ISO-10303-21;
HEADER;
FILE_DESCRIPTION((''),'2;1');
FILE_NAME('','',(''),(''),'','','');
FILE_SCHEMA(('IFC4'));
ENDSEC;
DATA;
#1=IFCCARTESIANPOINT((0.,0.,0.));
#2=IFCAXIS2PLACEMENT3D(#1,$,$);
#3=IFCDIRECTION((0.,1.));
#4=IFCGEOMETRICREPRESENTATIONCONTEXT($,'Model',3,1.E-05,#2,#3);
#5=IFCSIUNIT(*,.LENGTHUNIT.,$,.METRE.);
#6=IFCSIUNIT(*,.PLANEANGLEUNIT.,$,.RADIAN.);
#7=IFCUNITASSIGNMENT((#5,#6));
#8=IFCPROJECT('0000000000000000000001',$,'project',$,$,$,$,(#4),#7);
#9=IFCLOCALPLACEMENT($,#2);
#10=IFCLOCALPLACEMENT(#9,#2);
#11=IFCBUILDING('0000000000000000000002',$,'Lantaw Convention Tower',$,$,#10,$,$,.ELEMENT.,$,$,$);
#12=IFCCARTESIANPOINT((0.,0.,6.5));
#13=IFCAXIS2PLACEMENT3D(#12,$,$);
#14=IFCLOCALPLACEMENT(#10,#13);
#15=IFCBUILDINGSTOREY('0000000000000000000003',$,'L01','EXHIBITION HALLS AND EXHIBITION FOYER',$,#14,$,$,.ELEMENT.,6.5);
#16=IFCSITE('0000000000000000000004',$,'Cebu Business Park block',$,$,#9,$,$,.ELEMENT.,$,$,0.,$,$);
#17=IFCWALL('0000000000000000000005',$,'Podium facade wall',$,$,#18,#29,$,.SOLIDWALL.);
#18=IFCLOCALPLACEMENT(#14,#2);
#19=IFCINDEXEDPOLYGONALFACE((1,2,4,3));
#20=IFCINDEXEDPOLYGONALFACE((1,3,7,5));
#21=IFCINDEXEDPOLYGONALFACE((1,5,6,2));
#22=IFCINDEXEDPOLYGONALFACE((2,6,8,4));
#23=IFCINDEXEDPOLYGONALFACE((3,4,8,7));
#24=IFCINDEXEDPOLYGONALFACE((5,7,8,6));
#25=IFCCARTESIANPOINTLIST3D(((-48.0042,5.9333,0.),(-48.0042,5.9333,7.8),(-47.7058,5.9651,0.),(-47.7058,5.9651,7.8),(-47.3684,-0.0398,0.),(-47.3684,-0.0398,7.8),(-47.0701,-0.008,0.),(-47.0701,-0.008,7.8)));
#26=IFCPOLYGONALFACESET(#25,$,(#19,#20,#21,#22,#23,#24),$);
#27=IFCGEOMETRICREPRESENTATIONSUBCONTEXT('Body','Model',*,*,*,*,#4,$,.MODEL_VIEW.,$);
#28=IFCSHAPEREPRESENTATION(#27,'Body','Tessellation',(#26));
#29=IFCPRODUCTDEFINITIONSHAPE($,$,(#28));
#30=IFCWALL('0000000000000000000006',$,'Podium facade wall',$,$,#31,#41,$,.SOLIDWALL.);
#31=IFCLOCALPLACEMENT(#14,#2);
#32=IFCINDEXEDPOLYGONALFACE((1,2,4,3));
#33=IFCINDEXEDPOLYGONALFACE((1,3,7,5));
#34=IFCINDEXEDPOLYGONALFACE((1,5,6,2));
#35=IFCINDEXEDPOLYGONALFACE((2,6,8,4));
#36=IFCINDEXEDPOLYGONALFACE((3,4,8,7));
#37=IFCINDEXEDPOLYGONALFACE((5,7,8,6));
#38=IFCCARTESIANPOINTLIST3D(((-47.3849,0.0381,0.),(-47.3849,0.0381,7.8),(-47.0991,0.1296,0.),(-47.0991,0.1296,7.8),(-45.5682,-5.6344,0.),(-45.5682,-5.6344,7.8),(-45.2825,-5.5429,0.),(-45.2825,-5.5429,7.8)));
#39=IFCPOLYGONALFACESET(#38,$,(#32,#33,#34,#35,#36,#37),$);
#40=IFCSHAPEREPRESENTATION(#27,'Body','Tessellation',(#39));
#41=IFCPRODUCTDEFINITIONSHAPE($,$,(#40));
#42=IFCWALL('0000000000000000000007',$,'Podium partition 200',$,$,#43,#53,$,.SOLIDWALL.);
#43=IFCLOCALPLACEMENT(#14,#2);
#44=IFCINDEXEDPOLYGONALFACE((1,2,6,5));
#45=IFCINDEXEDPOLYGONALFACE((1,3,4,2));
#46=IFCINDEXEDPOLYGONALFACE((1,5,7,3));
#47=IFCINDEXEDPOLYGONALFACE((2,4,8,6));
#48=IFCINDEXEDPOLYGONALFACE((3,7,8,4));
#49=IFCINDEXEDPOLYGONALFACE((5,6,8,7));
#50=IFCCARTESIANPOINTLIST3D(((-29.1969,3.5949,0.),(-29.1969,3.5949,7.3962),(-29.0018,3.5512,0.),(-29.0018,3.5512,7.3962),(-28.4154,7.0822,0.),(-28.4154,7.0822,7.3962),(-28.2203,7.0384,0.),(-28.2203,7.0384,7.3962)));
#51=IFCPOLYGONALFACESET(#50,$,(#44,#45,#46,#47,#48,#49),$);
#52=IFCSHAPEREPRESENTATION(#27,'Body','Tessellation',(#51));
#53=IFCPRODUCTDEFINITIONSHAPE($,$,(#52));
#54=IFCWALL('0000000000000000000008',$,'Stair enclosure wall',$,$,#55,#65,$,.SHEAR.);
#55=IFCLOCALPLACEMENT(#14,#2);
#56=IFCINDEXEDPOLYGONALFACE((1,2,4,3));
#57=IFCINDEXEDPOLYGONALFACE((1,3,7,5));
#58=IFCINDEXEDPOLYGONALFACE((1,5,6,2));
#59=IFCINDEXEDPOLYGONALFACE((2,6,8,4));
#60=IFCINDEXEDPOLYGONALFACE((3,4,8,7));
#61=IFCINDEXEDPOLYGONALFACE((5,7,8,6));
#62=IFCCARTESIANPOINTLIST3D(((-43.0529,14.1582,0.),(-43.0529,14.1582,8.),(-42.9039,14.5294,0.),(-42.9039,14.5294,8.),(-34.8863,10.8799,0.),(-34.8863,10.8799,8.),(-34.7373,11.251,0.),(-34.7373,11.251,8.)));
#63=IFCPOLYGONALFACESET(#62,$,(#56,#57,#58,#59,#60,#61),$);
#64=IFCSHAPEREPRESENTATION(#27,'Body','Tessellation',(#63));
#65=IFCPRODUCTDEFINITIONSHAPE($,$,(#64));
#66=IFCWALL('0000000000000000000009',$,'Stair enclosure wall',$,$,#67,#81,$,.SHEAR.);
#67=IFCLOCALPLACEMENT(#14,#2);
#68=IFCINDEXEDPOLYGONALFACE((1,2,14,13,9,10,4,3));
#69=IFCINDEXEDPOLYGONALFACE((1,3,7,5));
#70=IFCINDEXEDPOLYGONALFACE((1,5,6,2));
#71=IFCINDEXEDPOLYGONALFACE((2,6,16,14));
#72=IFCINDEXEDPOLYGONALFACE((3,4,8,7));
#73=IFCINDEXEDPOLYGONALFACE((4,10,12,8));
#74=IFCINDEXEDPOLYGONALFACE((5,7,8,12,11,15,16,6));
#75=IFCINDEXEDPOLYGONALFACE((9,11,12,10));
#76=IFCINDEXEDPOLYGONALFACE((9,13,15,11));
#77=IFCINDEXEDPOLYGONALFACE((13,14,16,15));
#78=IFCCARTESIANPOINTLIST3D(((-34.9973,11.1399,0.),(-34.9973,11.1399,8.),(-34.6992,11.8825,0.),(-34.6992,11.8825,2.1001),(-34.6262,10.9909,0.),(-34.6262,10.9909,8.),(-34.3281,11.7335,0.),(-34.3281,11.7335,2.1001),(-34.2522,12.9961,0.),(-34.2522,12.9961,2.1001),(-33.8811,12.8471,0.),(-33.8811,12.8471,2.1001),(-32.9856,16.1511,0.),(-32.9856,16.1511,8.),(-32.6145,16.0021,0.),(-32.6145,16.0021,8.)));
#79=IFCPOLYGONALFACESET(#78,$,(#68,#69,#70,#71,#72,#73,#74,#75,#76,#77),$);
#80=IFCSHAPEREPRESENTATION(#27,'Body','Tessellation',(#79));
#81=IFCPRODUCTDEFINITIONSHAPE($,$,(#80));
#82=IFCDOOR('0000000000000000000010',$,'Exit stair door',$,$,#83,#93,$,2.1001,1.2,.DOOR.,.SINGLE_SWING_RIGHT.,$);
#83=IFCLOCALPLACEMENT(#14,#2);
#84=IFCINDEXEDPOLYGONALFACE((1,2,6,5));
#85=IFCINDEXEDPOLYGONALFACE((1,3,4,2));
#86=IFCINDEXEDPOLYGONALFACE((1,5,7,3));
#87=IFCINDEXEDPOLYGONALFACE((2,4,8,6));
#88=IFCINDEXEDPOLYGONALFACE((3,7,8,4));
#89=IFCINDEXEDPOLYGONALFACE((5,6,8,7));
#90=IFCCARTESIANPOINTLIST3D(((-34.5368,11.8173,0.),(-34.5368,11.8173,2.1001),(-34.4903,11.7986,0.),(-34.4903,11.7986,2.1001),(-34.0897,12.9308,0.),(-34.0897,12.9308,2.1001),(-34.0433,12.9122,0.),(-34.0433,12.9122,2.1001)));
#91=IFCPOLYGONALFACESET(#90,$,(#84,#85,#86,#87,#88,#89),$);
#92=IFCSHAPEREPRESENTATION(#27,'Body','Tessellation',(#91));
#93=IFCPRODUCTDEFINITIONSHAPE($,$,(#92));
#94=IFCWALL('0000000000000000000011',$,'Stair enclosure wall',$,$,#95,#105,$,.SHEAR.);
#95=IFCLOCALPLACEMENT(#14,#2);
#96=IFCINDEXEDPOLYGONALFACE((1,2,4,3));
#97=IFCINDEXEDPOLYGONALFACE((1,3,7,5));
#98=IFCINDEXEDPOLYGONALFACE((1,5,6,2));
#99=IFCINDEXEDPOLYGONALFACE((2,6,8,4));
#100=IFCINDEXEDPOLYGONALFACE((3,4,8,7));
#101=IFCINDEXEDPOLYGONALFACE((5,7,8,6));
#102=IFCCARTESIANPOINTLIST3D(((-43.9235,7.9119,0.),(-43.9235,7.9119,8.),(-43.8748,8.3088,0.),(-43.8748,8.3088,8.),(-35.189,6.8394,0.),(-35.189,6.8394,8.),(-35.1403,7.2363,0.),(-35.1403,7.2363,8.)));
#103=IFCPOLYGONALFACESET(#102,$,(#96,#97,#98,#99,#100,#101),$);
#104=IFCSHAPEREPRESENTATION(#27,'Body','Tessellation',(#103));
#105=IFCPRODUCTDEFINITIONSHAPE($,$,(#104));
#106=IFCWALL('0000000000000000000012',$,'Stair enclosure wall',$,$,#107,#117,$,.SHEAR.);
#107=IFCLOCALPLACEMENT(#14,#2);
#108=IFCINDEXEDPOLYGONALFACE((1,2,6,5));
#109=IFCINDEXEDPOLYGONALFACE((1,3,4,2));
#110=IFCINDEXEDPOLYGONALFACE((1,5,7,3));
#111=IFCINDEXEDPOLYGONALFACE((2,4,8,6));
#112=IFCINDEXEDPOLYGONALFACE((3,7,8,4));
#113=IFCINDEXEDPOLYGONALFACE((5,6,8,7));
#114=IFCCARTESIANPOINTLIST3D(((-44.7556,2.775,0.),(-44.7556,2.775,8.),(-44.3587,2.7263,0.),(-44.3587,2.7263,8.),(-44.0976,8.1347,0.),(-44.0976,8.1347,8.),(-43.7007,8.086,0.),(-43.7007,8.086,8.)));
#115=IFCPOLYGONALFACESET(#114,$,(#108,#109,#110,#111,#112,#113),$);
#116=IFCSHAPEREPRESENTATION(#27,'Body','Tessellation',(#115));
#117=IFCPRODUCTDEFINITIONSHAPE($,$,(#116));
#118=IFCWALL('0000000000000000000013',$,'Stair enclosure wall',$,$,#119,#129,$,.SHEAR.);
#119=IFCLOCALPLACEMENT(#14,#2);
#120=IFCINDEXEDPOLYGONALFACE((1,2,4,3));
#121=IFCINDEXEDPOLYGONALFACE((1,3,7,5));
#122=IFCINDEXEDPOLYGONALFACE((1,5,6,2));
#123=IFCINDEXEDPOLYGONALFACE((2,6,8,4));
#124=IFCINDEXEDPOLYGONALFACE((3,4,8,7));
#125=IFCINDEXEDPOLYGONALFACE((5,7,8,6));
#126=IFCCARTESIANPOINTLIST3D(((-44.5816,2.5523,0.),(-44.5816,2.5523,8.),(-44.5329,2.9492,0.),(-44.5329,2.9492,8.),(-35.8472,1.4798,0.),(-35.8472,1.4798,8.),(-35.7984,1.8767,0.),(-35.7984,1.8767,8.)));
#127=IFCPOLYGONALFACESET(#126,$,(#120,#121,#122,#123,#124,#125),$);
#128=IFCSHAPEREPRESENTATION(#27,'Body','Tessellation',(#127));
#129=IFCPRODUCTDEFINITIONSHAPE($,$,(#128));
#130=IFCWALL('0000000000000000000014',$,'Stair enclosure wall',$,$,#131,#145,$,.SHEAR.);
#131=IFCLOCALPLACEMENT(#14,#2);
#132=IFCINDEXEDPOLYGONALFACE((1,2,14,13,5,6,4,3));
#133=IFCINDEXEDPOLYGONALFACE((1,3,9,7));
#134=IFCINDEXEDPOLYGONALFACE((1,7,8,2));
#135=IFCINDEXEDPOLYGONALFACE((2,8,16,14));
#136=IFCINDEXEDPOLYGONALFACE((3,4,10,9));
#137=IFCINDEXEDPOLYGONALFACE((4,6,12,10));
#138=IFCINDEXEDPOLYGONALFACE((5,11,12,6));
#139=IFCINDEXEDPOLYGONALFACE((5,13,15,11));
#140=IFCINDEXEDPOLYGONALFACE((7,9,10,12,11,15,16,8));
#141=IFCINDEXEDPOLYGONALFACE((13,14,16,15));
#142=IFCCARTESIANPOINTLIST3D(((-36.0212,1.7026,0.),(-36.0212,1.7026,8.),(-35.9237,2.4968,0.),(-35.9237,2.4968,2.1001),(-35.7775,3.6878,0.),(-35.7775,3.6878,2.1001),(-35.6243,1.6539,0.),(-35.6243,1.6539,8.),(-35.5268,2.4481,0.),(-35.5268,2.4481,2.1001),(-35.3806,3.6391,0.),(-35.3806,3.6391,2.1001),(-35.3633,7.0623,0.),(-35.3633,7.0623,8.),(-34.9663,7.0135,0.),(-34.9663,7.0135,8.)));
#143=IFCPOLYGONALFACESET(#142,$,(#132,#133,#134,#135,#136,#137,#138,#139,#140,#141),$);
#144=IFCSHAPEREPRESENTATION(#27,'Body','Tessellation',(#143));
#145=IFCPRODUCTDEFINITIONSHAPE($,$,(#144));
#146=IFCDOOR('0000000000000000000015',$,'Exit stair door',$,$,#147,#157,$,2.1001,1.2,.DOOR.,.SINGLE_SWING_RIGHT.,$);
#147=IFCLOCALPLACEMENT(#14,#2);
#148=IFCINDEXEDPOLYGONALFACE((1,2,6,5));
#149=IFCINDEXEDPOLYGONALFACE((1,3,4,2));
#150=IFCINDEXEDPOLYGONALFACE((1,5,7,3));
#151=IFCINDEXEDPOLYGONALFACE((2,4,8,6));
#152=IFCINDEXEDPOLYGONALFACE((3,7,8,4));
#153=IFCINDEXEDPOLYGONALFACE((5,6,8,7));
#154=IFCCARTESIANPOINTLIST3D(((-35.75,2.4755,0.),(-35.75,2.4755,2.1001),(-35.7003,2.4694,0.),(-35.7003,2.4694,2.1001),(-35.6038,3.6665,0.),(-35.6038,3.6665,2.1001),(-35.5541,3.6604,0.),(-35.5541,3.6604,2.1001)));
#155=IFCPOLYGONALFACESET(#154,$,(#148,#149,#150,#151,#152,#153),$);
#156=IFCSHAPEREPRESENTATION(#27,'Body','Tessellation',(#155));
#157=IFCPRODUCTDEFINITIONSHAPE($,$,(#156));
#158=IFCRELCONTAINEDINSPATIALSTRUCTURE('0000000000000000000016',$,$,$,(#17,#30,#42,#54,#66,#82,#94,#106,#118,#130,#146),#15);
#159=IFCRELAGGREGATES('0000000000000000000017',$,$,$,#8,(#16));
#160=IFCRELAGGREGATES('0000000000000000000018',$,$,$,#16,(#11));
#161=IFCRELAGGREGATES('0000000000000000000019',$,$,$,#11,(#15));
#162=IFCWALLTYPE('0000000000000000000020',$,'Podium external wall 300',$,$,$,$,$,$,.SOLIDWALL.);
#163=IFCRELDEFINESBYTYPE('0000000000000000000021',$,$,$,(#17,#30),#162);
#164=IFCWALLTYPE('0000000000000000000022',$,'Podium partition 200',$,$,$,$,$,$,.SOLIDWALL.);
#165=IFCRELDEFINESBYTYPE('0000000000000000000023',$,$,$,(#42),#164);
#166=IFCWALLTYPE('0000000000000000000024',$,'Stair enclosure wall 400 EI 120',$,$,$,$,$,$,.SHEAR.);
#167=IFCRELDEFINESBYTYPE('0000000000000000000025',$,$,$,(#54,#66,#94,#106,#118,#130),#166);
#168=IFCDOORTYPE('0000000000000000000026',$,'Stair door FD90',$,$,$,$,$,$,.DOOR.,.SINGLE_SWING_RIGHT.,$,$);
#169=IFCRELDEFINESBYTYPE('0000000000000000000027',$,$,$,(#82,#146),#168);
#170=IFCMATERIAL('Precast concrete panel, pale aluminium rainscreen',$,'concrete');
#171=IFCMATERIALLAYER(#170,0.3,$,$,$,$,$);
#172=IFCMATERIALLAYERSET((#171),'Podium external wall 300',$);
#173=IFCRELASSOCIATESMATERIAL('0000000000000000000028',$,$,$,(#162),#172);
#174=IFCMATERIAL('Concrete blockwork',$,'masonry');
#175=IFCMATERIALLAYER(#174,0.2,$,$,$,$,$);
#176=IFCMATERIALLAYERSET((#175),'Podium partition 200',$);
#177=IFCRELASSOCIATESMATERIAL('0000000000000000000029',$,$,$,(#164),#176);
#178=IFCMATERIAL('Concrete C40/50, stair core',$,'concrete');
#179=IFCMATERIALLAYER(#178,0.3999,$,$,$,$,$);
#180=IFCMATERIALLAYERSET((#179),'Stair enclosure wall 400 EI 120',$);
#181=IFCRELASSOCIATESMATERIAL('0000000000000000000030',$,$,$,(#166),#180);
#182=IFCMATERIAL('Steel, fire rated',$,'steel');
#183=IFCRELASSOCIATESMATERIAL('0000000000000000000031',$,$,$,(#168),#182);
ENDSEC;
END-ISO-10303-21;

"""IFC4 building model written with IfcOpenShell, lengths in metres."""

from ifc_helpers import new_model, si_unit, direction, frame, frame_2d, origin, place, context, subcontext, project, spatial, rectangle, extrude, material, layer, layer_set, type_object, element, fill, save


model = new_model("IFC4")

# Units and contexts
model_context = context("Model", 3, precision=1e-05, world=origin(), true_north=direction((0.0, 1.0)))
body_context = subcontext(model_context, "Body", "Model", "MODEL_VIEW")
ifc_project = project(units=[si_unit("LENGTHUNIT", "METRE"), si_unit("PLANEANGLEUNIT", "RADIAN")], contexts=[model_context])

# Site, building, storey
site_placement = place(None, origin())
site = spatial("IfcSite", under=ifc_project, at=site_placement, Name="Cebu Business Park block", CompositionType="ELEMENT", RefElevation=0.0)
building_placement = place(site_placement, origin())
building = spatial("IfcBuilding", under=site, at=building_placement, Name="Lantaw Convention Tower", CompositionType="ELEMENT")
storey_placement = place(building_placement, frame((0.0, 0.0, 6.5)))
storey = spatial("IfcBuildingStorey", under=building, at=storey_placement, Name="L01", Description="EXHIBITION HALLS AND EXHIBITION FOYER", CompositionType="ELEMENT", Elevation=6.5)

# Walls
ifc_material_1 = material(Name="Precast concrete panel, pale aluminium rainscreen", Category="concrete")
ifc_layer_1 = layer(ifc_material_1, 0.3)
ifc_layer_set_1 = layer_set([ifc_layer_1], Name="Podium external wall 300")
wall_type_1 = type_object("IfcWallType", Name="Podium external wall 300", PredefinedType="SOLIDWALL", material=ifc_layer_set_1)
wall_1_placement = place(storey_placement, frame((-47.855, 5.9492, 0.0), z_axis=(0.0, 0.0, 1.0), x_axis=(0.105836, -0.994384, 0.0)))
element("IfcWall", 1, at=wall_1_placement, inside=storey, type_object=wall_type_1, Name="Podium facade wall", PredefinedType="SOLIDWALL", context=body_context, shape_type="SweptSolid", body=[
    extrude(rectangle(XDim=6.0068, YDim=0.3, at=frame_2d((3.0034, 0.0))), origin(), (0.0, 0.0, 1.0), 7.8),
])
wall_2_placement = place(storey_placement, frame((-47.2419, 0.0837, 0.0), z_axis=(0.0, 0.0, 1.0), x_axis=(0.304991, -0.952355, 0.0)))
element("IfcWall", 2, at=wall_2_placement, inside=storey, type_object=wall_type_1, Name="Podium facade wall", PredefinedType="SOLIDWALL", context=body_context, shape_type="SweptSolid", body=[
    extrude(rectangle(XDim=5.9563, YDim=0.3, at=frame_2d((2.978, 0.0))), origin(), (0.0, 0.0, 1.0), 7.8),
])
ifc_material_2 = material(Name="Concrete blockwork", Category="masonry")
ifc_layer_2 = layer(ifc_material_2, 0.2)
ifc_layer_set_2 = layer_set([ifc_layer_2], Name="Podium partition 200")
wall_type_2 = type_object("IfcWallType", Name="Podium partition 200", PredefinedType="SOLIDWALL", material=ifc_layer_set_2)
wall_3_placement = place(storey_placement, frame((-28.3179, 7.0603, 0.0), z_axis=(0.0, 0.0, 1.0), x_axis=(-0.218673, -0.975798, 0.0)))
element("IfcWall", 3, at=wall_3_placement, inside=storey, type_object=wall_type_2, Name="Podium partition 200", PredefinedType="SOLIDWALL", context=body_context, shape_type="SweptSolid", body=[
    extrude(rectangle(XDim=3.5737, YDim=0.2, at=frame_2d((1.7869, 0.0))), origin(), (0.0, 0.0, 1.0), 7.3962),
])

# Wall
ifc_material_3 = material(Name="Concrete C40/50, stair core", Category="concrete")
ifc_layer_3 = layer(ifc_material_3, 0.3999)
ifc_layer_set_3 = layer_set([ifc_layer_3], Name="Stair enclosure wall 400 EI 120")
wall_type_3 = type_object("IfcWallType", Name="Stair enclosure wall 400 EI 120", PredefinedType="SHEAR", material=ifc_layer_set_3)
wall_4_placement = place(storey_placement, frame((-42.9783, 14.3438, 0.0), z_axis=(0.0, 0.0, 1.0), x_axis=(0.928017, -0.372538, 0.0)))
element("IfcWall", 4, at=wall_4_placement, inside=storey, type_object=wall_type_3, Name="Stair enclosure wall", PredefinedType="SHEAR", context=body_context, shape_type="SweptSolid", body=[
    extrude(rectangle(XDim=8.8, YDim=0.3999, at=frame_2d((4.3999, 0.0))), origin(), (0.0, 0.0, 1.0), 8.0),
])

# Wall, opening, door
wall_5_placement = place(storey_placement, frame((-34.8118, 11.0654, 0.0), z_axis=(0.0, 0.0, 1.0), x_axis=(0.372544, 0.928015, 0.0)))
wall_5 = element("IfcWall", 5, at=wall_5_placement, inside=storey, type_object=wall_type_3, Name="Stair enclosure wall", PredefinedType="SHEAR", context=body_context, shape_type="SweptSolid", body=[
    extrude(rectangle(XDim=5.3999, YDim=0.3999, at=frame_2d((2.7, 0.0))), origin(), (0.0, 0.0, 1.0), 8.0),
])
opening_1_placement = place(wall_5_placement, frame((0.8, 0.0, 0.0)))
opening_1 = element("IfcOpeningElement", 6, at=opening_1_placement, cuts=wall_5, PredefinedType="OPENING", context=body_context, shape_type="SweptSolid", body=[
    extrude(rectangle(XDim=1.2, YDim=2.1001, at=frame_2d((0.6001, 1.05))), frame((0.0, 0.21, 0.0), z_axis=(0.0, -1.0, 0.0), x_axis=(1.0, 0.0, 0.0)), (0.0, 0.0, 1.0), 0.4199),
])
ifc_material_4 = material(Name="Steel, fire rated", Category="steel")
door_type_1 = type_object("IfcDoorType", Name="Stair door FD90", OperationType="SINGLE_SWING_RIGHT", PredefinedType="DOOR", material=ifc_material_4)
door_1_placement = place(opening_1_placement, origin())
door_1 = element("IfcDoor", 7, at=door_1_placement, inside=storey, type_object=door_type_1, Name="Exit stair door", OperationType="SINGLE_SWING_RIGHT", OverallHeight=2.1001, OverallWidth=1.2, PredefinedType="DOOR", context=body_context, shape_type="SweptSolid", body=[
    extrude(rectangle(XDim=1.2, YDim=2.1001, at=frame_2d((0.6001, 1.05))), frame((0.0, 0.0249, 0.0), z_axis=(0.0, -1.0, 0.0), x_axis=(1.0, 0.0, 0.0)), (0.0, 0.0, 1.0), 0.05),
])
fill(opening_1, door_1)

# Walls
wall_6_placement = place(storey_placement, frame((-35.1648, 7.0378, 0.0), z_axis=(0.0, 0.0, 1.0), x_axis=(-0.992545, 0.121876, 0.0)))
element("IfcWall", 8, at=wall_6_placement, inside=storey, type_object=wall_type_3, Name="Stair enclosure wall", PredefinedType="SHEAR", context=body_context, shape_type="SweptSolid", body=[
    extrude(rectangle(XDim=8.8, YDim=0.3999, at=frame_2d((4.3999, 0.0))), origin(), (0.0, 0.0, 1.0), 8.0),
])
wall_7_placement = place(storey_placement, frame((-43.8992, 8.1104, 0.0), z_axis=(0.0, 0.0, 1.0), x_axis=(-0.121848, -0.992549, 0.0)))
element("IfcWall", 9, at=wall_7_placement, inside=storey, type_object=wall_type_3, Name="Stair enclosure wall", PredefinedType="SHEAR", context=body_context, shape_type="SweptSolid", body=[
    extrude(rectangle(XDim=5.3999, YDim=0.3999, at=frame_2d((2.7, 0.0))), origin(), (0.0, 0.0, 1.0), 8.0),
])
wall_8_placement = place(storey_placement, frame((-44.5571, 2.7507, 0.0), z_axis=(0.0, 0.0, 1.0), x_axis=(0.992545, -0.121876, 0.0)))
element("IfcWall", 10, at=wall_8_placement, inside=storey, type_object=wall_type_3, Name="Stair enclosure wall", PredefinedType="SHEAR", context=body_context, shape_type="SweptSolid", body=[
    extrude(rectangle(XDim=8.8, YDim=0.3999, at=frame_2d((4.3999, 0.0))), origin(), (0.0, 0.0, 1.0), 8.0),
])

# Wall, opening, door
wall_9_placement = place(storey_placement, frame((-35.8228, 1.6782, 0.0), z_axis=(0.0, 0.0, 1.0), x_axis=(0.121848, 0.992549, 0.0)))
wall_9 = element("IfcWall", 11, at=wall_9_placement, inside=storey, type_object=wall_type_3, Name="Stair enclosure wall", PredefinedType="SHEAR", context=body_context, shape_type="SweptSolid", body=[
    extrude(rectangle(XDim=5.3999, YDim=0.3999, at=frame_2d((2.7, 0.0))), origin(), (0.0, 0.0, 1.0), 8.0),
])
opening_2_placement = place(wall_9_placement, frame((0.8, 0.0, 0.0)))
opening_2 = element("IfcOpeningElement", 12, at=opening_2_placement, cuts=wall_9, PredefinedType="OPENING", context=body_context, shape_type="SweptSolid", body=[
    extrude(rectangle(XDim=1.2, YDim=2.1001, at=frame_2d((0.6001, 1.05))), frame((0.0, 0.21, 0.0), z_axis=(0.0, -1.0, 0.0), x_axis=(1.0, 0.0, 0.0)), (0.0, 0.0, 1.0), 0.4199),
])
door_2_placement = place(opening_2_placement, origin())
door_2 = element("IfcDoor", 13, at=door_2_placement, inside=storey, type_object=door_type_1, Name="Exit stair door", OperationType="SINGLE_SWING_RIGHT", OverallHeight=2.1001, OverallWidth=1.2, PredefinedType="DOOR", context=body_context, shape_type="SweptSolid", body=[
    extrude(rectangle(XDim=1.2, YDim=2.1001, at=frame_2d((0.6001, 1.05))), frame((0.0, 0.0249, 0.0), z_axis=(0.0, -1.0, 0.0), x_axis=(1.0, 0.0, 0.0)), (0.0, 0.0, 1.0), 0.05),
])
fill(opening_2, door_2)

save(model, "model.ifc")
